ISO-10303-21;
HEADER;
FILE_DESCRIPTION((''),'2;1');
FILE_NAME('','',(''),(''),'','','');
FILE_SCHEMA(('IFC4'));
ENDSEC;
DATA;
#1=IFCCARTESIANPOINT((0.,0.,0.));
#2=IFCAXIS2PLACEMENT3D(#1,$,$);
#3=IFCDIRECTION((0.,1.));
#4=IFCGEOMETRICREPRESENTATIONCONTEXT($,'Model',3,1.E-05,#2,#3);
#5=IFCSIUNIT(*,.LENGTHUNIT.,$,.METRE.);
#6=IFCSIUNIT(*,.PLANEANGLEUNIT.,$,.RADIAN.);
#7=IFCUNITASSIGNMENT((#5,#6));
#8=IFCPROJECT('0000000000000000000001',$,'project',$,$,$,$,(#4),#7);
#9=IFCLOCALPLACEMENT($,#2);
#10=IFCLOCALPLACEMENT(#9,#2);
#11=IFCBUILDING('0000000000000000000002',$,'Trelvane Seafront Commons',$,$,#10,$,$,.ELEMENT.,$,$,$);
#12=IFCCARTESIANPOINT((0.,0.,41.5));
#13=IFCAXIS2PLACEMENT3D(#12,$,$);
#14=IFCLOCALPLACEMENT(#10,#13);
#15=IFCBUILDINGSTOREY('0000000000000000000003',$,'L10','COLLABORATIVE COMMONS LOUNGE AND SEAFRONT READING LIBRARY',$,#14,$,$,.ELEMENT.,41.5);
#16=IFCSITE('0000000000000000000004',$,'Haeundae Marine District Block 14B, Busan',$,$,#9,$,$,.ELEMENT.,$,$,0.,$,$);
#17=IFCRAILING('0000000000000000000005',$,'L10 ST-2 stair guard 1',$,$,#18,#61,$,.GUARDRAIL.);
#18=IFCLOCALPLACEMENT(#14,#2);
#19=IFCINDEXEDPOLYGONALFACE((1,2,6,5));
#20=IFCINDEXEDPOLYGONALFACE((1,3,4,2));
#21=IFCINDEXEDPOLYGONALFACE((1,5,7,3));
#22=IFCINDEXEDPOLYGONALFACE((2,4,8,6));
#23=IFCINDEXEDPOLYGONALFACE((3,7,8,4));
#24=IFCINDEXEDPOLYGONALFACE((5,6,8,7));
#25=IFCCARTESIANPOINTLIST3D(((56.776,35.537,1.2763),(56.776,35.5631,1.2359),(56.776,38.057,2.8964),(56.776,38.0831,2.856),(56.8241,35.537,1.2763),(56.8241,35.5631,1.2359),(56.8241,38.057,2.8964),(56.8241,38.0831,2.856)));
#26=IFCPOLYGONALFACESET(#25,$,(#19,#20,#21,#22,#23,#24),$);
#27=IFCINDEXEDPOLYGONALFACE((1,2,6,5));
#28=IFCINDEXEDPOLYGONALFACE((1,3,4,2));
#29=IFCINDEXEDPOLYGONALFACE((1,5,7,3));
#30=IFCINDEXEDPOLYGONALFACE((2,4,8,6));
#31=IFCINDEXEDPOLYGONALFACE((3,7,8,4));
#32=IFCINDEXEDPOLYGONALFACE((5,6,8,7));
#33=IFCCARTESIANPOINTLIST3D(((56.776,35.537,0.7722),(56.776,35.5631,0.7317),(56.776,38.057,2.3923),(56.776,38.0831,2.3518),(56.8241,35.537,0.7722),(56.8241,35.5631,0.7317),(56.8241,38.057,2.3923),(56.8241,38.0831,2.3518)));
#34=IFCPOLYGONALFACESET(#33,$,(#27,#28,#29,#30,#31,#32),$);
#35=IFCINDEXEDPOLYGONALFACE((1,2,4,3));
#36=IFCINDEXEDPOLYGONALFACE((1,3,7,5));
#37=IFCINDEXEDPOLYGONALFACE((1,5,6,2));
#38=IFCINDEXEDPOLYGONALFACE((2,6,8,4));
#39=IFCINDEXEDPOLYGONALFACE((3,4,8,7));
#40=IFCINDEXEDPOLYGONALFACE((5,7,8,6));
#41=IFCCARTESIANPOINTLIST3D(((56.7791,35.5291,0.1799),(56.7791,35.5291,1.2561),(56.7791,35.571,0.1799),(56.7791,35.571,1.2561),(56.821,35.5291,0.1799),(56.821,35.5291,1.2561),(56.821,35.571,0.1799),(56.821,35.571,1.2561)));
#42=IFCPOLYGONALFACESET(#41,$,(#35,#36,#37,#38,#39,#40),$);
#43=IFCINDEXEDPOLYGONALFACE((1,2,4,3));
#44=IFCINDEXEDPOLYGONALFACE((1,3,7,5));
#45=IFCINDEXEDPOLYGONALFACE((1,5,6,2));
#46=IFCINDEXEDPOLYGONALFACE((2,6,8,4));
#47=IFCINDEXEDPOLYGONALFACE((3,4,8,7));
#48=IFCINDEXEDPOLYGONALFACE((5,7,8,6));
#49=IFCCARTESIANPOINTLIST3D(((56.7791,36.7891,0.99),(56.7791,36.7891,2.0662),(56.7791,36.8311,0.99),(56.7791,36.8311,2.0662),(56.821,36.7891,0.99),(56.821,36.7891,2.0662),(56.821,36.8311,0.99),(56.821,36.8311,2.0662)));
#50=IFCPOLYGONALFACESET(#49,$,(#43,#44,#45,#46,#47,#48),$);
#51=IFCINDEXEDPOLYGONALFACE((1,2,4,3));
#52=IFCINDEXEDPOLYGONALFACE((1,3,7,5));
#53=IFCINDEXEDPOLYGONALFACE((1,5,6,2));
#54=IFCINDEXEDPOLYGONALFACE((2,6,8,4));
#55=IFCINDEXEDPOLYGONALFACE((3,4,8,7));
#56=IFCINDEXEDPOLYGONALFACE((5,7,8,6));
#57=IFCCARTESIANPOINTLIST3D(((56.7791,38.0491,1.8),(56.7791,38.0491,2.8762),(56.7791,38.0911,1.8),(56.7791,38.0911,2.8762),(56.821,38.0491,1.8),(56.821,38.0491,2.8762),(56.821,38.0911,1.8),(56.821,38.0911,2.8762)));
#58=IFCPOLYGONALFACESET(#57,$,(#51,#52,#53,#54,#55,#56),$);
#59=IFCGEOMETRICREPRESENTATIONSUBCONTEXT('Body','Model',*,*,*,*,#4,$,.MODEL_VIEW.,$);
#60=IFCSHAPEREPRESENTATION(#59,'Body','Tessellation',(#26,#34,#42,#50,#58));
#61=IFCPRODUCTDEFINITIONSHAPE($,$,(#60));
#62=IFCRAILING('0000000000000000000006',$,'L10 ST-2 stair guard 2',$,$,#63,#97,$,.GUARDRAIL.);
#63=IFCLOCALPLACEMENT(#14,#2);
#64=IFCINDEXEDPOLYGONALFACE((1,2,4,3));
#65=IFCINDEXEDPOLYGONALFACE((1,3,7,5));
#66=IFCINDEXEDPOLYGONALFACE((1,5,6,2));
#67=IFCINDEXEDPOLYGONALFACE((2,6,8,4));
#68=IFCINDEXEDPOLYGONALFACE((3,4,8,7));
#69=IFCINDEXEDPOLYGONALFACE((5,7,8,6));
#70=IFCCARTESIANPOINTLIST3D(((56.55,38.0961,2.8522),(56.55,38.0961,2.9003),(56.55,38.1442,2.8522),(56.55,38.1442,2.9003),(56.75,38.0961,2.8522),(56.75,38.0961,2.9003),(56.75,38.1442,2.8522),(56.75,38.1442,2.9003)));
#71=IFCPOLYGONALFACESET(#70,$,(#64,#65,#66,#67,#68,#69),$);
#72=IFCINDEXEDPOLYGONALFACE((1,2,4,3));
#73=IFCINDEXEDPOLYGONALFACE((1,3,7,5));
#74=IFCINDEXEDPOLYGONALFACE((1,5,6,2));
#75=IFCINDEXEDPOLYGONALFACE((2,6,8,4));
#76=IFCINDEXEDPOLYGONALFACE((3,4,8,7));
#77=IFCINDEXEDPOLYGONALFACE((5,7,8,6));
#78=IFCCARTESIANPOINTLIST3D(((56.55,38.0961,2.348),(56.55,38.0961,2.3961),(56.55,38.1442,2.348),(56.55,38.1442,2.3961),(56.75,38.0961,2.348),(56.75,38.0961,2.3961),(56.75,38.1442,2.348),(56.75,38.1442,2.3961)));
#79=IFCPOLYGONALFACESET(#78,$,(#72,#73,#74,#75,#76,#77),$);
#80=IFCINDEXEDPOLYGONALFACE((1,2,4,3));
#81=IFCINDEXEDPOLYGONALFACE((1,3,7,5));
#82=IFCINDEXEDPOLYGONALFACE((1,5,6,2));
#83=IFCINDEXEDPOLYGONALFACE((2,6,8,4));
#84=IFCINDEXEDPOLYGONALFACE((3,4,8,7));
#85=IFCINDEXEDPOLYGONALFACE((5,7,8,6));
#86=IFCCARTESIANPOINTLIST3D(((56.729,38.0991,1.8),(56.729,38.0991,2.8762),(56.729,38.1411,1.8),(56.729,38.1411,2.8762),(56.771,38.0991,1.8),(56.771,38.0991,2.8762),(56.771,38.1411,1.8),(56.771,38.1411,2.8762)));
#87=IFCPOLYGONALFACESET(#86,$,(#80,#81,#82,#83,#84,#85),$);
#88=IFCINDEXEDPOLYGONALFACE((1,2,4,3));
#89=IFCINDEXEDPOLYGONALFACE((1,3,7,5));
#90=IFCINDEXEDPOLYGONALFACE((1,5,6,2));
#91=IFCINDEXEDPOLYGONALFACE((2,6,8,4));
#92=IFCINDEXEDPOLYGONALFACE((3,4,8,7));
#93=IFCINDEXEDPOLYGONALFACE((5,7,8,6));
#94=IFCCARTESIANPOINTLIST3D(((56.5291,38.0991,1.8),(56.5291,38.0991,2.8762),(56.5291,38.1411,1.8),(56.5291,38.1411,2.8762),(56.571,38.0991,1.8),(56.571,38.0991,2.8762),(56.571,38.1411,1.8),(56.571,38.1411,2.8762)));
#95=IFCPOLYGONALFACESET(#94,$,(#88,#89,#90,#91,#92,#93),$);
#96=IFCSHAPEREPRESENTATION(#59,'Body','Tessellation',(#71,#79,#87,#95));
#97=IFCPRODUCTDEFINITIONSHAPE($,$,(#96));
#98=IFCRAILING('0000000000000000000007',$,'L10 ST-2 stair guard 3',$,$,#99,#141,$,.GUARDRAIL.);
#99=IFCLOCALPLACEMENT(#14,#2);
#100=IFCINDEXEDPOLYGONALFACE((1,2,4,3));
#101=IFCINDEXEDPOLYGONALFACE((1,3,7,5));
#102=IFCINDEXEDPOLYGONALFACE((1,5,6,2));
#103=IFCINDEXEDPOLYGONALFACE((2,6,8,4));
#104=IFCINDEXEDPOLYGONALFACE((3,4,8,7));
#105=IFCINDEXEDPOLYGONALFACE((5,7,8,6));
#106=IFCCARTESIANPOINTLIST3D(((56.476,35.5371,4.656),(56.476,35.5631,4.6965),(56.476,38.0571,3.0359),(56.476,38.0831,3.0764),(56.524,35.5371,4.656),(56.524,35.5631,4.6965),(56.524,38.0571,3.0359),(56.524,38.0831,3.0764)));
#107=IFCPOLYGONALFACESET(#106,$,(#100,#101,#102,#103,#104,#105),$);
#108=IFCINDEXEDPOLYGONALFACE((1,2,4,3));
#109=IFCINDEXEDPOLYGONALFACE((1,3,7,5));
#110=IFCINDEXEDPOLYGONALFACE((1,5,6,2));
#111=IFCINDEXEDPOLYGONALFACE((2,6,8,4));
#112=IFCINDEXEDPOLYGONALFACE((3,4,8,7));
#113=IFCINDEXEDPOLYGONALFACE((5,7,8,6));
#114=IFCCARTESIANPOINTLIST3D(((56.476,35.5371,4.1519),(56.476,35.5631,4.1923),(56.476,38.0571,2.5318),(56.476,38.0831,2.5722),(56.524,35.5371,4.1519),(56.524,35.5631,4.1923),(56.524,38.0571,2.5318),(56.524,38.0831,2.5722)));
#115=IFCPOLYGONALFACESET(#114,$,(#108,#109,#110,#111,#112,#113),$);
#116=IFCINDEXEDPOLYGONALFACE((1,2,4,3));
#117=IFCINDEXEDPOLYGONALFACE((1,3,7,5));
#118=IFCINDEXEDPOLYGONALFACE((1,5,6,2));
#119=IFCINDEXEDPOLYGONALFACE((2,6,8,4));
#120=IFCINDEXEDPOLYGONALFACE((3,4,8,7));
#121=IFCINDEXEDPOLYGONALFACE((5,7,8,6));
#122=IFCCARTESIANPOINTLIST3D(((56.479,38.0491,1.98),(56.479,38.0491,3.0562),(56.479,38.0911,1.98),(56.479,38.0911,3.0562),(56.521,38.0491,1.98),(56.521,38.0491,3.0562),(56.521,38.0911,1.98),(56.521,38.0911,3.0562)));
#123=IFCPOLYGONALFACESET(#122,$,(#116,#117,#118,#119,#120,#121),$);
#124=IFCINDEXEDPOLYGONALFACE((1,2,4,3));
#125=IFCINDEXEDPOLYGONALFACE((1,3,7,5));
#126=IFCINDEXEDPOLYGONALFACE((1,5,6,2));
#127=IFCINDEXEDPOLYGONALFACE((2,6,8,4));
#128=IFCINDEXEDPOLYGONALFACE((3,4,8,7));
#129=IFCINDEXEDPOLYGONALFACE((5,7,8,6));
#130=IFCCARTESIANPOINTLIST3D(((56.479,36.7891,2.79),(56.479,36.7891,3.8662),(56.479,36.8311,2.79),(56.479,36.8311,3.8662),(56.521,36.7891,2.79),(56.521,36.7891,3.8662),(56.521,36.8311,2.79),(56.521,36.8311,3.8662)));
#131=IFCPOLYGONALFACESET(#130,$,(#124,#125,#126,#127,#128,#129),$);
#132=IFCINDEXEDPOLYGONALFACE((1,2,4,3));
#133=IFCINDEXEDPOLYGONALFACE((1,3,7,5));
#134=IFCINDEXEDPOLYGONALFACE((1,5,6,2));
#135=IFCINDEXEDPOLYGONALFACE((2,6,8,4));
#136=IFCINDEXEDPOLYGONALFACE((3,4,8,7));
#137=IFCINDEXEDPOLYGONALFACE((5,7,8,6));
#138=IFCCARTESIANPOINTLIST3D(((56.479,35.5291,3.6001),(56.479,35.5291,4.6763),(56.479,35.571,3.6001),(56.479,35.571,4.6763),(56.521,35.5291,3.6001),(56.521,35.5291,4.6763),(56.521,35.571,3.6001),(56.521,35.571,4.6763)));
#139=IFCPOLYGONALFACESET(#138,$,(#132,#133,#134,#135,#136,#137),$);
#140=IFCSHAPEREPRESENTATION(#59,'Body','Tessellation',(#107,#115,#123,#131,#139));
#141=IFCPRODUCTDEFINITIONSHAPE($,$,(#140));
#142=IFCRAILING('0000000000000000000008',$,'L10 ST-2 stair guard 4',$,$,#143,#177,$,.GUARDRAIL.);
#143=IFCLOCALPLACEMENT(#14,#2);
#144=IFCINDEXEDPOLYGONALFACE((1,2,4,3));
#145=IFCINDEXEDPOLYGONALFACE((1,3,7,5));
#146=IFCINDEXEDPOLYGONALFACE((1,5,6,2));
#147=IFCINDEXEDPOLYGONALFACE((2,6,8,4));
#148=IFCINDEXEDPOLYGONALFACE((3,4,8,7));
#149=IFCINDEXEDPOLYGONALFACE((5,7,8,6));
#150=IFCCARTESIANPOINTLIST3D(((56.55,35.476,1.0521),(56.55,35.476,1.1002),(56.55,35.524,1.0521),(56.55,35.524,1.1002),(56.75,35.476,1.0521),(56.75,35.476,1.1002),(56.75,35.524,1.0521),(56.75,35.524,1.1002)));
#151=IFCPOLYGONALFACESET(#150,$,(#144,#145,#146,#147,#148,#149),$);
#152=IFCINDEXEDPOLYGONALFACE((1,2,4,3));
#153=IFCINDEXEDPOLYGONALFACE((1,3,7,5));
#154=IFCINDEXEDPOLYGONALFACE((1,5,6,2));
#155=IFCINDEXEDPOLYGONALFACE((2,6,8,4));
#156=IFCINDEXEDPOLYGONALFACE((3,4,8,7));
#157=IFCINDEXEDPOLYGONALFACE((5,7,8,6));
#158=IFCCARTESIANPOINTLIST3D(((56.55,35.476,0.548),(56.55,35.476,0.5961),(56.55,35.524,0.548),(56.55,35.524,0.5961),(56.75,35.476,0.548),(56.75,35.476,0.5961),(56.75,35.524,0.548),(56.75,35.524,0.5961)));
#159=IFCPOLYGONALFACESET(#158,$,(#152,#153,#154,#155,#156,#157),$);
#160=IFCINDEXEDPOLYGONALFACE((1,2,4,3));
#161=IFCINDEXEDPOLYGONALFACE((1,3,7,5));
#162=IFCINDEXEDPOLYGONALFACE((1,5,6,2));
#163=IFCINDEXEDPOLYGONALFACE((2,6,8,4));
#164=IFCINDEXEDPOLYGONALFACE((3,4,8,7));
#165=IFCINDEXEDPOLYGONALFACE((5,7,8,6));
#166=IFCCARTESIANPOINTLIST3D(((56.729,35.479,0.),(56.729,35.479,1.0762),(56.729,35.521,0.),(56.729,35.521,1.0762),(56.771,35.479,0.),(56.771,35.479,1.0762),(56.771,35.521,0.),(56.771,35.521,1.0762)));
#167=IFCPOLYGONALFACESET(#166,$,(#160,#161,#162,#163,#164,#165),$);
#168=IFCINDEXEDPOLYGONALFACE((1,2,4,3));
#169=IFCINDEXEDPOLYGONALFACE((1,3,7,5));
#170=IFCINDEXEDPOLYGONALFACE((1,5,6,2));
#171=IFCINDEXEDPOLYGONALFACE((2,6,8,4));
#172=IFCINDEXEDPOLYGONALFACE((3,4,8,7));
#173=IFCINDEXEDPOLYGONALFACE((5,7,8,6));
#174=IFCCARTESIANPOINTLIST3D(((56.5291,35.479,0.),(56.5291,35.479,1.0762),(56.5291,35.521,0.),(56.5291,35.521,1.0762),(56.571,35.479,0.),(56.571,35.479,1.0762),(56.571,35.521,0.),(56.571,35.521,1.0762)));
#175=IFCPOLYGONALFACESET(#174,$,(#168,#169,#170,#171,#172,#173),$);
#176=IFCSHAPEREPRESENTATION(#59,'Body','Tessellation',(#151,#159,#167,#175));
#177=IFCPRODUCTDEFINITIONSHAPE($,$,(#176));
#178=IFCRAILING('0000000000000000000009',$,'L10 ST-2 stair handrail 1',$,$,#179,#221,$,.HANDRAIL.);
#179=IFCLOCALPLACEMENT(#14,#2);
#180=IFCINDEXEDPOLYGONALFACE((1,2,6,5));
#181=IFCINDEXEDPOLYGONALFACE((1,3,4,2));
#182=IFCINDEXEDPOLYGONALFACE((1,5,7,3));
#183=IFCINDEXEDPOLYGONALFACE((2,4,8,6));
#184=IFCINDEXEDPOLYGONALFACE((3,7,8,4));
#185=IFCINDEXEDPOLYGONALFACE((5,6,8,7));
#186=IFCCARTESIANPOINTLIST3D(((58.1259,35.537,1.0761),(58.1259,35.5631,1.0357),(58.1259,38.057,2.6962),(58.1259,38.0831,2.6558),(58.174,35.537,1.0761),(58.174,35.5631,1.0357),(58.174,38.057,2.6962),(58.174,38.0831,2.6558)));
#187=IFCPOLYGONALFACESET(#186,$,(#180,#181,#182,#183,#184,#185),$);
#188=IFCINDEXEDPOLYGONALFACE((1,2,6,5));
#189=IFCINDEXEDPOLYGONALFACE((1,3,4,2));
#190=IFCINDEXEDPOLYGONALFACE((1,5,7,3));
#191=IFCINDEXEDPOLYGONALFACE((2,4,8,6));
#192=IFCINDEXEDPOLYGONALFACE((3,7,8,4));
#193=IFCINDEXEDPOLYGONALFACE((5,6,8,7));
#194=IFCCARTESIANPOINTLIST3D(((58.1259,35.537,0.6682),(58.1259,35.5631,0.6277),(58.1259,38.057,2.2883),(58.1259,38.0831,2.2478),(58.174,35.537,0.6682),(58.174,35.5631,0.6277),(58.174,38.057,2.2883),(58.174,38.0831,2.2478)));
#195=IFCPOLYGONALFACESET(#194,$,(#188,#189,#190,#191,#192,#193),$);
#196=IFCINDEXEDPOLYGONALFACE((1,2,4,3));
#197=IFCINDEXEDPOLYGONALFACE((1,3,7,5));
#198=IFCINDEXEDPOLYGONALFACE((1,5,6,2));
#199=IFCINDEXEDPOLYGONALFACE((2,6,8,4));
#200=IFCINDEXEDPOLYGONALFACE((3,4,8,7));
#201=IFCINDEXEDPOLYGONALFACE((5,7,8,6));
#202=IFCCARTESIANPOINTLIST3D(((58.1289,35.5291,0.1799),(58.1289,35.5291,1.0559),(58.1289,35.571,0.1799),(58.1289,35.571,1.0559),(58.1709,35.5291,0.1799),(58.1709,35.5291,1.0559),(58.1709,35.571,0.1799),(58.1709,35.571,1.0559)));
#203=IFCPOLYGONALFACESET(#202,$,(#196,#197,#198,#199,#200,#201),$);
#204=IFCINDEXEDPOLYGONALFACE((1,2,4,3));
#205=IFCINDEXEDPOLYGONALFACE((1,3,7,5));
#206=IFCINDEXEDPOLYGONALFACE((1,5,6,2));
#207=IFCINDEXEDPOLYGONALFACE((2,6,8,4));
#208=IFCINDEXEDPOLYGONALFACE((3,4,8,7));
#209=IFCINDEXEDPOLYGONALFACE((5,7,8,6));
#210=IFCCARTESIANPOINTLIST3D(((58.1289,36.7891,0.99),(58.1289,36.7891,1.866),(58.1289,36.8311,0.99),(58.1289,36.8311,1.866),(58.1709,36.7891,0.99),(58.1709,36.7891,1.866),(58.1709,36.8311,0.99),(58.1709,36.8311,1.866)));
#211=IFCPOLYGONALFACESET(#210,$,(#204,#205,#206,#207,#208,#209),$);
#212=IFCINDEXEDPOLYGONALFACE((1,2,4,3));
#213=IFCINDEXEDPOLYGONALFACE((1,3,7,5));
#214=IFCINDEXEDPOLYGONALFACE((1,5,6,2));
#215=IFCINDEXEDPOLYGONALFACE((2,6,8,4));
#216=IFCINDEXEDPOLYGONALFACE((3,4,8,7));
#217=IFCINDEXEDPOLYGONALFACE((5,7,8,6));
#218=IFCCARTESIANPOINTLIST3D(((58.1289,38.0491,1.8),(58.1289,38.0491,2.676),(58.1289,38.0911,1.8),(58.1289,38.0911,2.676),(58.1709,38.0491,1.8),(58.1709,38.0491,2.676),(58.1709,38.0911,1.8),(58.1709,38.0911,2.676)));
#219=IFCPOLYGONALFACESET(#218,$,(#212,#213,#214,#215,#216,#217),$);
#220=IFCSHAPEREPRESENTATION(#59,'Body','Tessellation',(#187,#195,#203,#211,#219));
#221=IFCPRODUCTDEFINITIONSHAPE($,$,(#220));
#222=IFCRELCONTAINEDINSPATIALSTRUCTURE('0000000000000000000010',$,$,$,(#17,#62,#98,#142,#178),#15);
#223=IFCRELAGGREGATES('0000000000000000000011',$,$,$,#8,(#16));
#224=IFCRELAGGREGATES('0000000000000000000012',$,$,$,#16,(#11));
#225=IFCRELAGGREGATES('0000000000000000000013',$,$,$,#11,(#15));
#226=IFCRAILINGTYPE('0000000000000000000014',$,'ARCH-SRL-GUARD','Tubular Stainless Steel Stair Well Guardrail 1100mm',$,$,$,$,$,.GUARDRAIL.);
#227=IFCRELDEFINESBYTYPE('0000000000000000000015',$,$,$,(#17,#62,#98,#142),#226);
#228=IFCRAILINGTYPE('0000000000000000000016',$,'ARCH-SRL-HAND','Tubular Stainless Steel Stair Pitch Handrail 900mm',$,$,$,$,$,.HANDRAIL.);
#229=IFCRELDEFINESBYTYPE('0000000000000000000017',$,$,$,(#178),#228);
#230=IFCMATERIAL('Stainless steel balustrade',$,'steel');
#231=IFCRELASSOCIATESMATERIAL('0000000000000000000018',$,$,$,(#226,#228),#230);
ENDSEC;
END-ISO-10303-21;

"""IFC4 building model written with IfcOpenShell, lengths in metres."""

from ifc_helpers import new_model, si_unit, direction, frame, origin, origin_2d, place, context, subcontext, project, spatial, rectangle, extrude, material, type_object, element, save


model = new_model("IFC4")

# Units and contexts
model_context = context("Model", 3, precision=1e-05, world=origin(), true_north=direction((0.0, 1.0)))
body_context = subcontext(model_context, "Body", "Model", "MODEL_VIEW")
ifc_project = project(units=[si_unit("LENGTHUNIT", "METRE"), si_unit("PLANEANGLEUNIT", "RADIAN")], contexts=[model_context])

# Site, building, storey
site_placement = place(None, origin())
site = spatial("IfcSite", under=ifc_project, at=site_placement, Name="Haeundae Marine District Block 14B, Busan", CompositionType="ELEMENT", RefElevation=0.0)
building_placement = place(site_placement, origin())
building = spatial("IfcBuilding", under=site, at=building_placement, Name="Trelvane Seafront Commons", CompositionType="ELEMENT")
storey_placement = place(building_placement, frame((0.0, 0.0, 41.5)))
storey = spatial("IfcBuildingStorey", under=building, at=storey_placement, Name="L10", Description="COLLABORATIVE COMMONS LOUNGE AND SEAFRONT READING LIBRARY", CompositionType="ELEMENT", Elevation=41.5)

# Railings
ifc_material_1 = material(Name="Stainless steel balustrade", Category="steel")
railing_type_1 = type_object("IfcRailingType", Name="ARCH-SRL-GUARD", Description="Tubular Stainless Steel Stair Well Guardrail 1100mm", PredefinedType="GUARDRAIL", material=ifc_material_1)
railing_1_placement = place(storey_placement, frame((56.8, 35.55, 0.1799)))
element("IfcRailing", 1, at=railing_1_placement, inside=storey, type_object=railing_type_1, Name="L10 ST-2 stair guard 1", PredefinedType="GUARDRAIL", context=body_context, shape_type="SweptSolid", body=[
    extrude(rectangle(XDim=0.0481, YDim=0.0481, at=origin_2d()), frame((0.0, 0.0, 1.0762), z_axis=(0.0, 0.841163, 0.540782), x_axis=(-1.0, 0.0, 0.0)), (0.0, 0.0, 1.0), 2.9958),
    extrude(rectangle(XDim=0.0481, YDim=0.0481, at=origin_2d()), frame((0.0, 0.0, 0.572), z_axis=(0.0, 0.841163, 0.540782), x_axis=(-1.0, 0.0, 0.0)), (0.0, 0.0, 1.0), 2.9958),
    extrude(rectangle(XDim=0.042, YDim=0.042, at=origin_2d()), origin(), (0.0, 0.0, 1.0), 1.0762),
    extrude(rectangle(XDim=0.042, YDim=0.042, at=origin_2d()), frame((0.0, 1.26, 0.8101)), (0.0, 0.0, 1.0), 1.0762),
    extrude(rectangle(XDim=0.042, YDim=0.042, at=origin_2d()), frame((0.0, 2.52, 1.6201)), (0.0, 0.0, 1.0), 1.0762),
])
railing_2_placement = place(storey_placement, frame((56.75, 38.1201, 1.8)))
element("IfcRailing", 2, at=railing_2_placement, inside=storey, type_object=railing_type_1, Name="L10 ST-2 stair guard 2", PredefinedType="GUARDRAIL", context=body_context, shape_type="SweptSolid", body=[
    extrude(rectangle(XDim=0.0481, YDim=0.0481, at=origin_2d()), frame((0.0, 0.0, 1.0762), z_axis=(-1.0, 0.0, 0.0), x_axis=(0.0, -1.0, 0.0)), (0.0, 0.0, 1.0), 0.2),
    extrude(rectangle(XDim=0.0481, YDim=0.0481, at=origin_2d()), frame((0.0, 0.0, 0.572), z_axis=(-1.0, 0.0, 0.0), x_axis=(0.0, -1.0, 0.0)), (0.0, 0.0, 1.0), 0.2),
    extrude(rectangle(XDim=0.042, YDim=0.042, at=origin_2d()), origin(), (0.0, 0.0, 1.0), 1.0762),
    extrude(rectangle(XDim=0.042, YDim=0.042, at=origin_2d()), frame((-0.2, 0.0, 0.0)), (0.0, 0.0, 1.0), 1.0762),
])
railing_3_placement = place(storey_placement, frame((56.5, 38.0701, 1.98)))
element("IfcRailing", 3, at=railing_3_placement, inside=storey, type_object=railing_type_1, Name="L10 ST-2 stair guard 3", PredefinedType="GUARDRAIL", context=body_context, shape_type="SweptSolid", body=[
    extrude(rectangle(XDim=0.0481, YDim=0.0481, at=origin_2d()), frame((0.0, 0.0, 1.0762), z_axis=(0.0, -0.841163, 0.540782), x_axis=(1.0, 0.0, 0.0)), (0.0, 0.0, 1.0), 2.9958),
    extrude(rectangle(XDim=0.0481, YDim=0.0481, at=origin_2d()), frame((0.0, 0.0, 0.572), z_axis=(0.0, -0.841163, 0.540782), x_axis=(1.0, 0.0, 0.0)), (0.0, 0.0, 1.0), 2.9958),
    extrude(rectangle(XDim=0.042, YDim=0.042, at=origin_2d()), origin(), (0.0, 0.0, 1.0), 1.0762),
    extrude(rectangle(XDim=0.042, YDim=0.042, at=origin_2d()), frame((0.0, -1.26, 0.8101)), (0.0, 0.0, 1.0), 1.0762),
    extrude(rectangle(XDim=0.042, YDim=0.042, at=origin_2d()), frame((0.0, -2.52, 1.6201)), (0.0, 0.0, 1.0), 1.0762),
])
railing_4_placement = place(storey_placement, frame((56.75, 35.5, 0.0)))
element("IfcRailing", 4, at=railing_4_placement, inside=storey, type_object=railing_type_1, Name="L10 ST-2 stair guard 4", PredefinedType="GUARDRAIL", context=body_context, shape_type="SweptSolid", body=[
    extrude(rectangle(XDim=0.0481, YDim=0.0481, at=origin_2d()), frame((0.0, 0.0, 1.0762), z_axis=(-1.0, 0.0, 0.0), x_axis=(0.0, -1.0, 0.0)), (0.0, 0.0, 1.0), 0.2),
    extrude(rectangle(XDim=0.0481, YDim=0.0481, at=origin_2d()), frame((0.0, 0.0, 0.572), z_axis=(-1.0, 0.0, 0.0), x_axis=(0.0, -1.0, 0.0)), (0.0, 0.0, 1.0), 0.2),
    extrude(rectangle(XDim=0.042, YDim=0.042, at=origin_2d()), origin(), (0.0, 0.0, 1.0), 1.0762),
    extrude(rectangle(XDim=0.042, YDim=0.042, at=origin_2d()), frame((-0.2, 0.0, 0.0)), (0.0, 0.0, 1.0), 1.0762),
])
railing_type_2 = type_object("IfcRailingType", Name="ARCH-SRL-HAND", Description="Tubular Stainless Steel Stair Pitch Handrail 900mm", PredefinedType="HANDRAIL", material=ifc_material_1)
railing_5_placement = place(storey_placement, frame((58.1499, 35.55, 0.1799)))
element("IfcRailing", 5, at=railing_5_placement, inside=storey, type_object=railing_type_2, Name="L10 ST-2 stair handrail 1", PredefinedType="HANDRAIL", context=body_context, shape_type="SweptSolid", body=[
    extrude(rectangle(XDim=0.0481, YDim=0.0481, at=origin_2d()), frame((0.0, 0.0, 0.876), z_axis=(0.0, 0.841163, 0.540782), x_axis=(-1.0, 0.0, 0.0)), (0.0, 0.0, 1.0), 2.9958),
    extrude(rectangle(XDim=0.0481, YDim=0.0481, at=origin_2d()), frame((0.0, 0.0, 0.468), z_axis=(0.0, 0.841163, 0.540782), x_axis=(-1.0, 0.0, 0.0)), (0.0, 0.0, 1.0), 2.9958),
    extrude(rectangle(XDim=0.042, YDim=0.042, at=origin_2d()), origin(), (0.0, 0.0, 1.0), 0.876),
    extrude(rectangle(XDim=0.042, YDim=0.042, at=origin_2d()), frame((0.0, 1.26, 0.8101)), (0.0, 0.0, 1.0), 0.876),
    extrude(rectangle(XDim=0.042, YDim=0.042, at=origin_2d()), frame((0.0, 2.52, 1.6201)), (0.0, 0.0, 1.0), 0.876),
])

save(model, "model.ifc")
